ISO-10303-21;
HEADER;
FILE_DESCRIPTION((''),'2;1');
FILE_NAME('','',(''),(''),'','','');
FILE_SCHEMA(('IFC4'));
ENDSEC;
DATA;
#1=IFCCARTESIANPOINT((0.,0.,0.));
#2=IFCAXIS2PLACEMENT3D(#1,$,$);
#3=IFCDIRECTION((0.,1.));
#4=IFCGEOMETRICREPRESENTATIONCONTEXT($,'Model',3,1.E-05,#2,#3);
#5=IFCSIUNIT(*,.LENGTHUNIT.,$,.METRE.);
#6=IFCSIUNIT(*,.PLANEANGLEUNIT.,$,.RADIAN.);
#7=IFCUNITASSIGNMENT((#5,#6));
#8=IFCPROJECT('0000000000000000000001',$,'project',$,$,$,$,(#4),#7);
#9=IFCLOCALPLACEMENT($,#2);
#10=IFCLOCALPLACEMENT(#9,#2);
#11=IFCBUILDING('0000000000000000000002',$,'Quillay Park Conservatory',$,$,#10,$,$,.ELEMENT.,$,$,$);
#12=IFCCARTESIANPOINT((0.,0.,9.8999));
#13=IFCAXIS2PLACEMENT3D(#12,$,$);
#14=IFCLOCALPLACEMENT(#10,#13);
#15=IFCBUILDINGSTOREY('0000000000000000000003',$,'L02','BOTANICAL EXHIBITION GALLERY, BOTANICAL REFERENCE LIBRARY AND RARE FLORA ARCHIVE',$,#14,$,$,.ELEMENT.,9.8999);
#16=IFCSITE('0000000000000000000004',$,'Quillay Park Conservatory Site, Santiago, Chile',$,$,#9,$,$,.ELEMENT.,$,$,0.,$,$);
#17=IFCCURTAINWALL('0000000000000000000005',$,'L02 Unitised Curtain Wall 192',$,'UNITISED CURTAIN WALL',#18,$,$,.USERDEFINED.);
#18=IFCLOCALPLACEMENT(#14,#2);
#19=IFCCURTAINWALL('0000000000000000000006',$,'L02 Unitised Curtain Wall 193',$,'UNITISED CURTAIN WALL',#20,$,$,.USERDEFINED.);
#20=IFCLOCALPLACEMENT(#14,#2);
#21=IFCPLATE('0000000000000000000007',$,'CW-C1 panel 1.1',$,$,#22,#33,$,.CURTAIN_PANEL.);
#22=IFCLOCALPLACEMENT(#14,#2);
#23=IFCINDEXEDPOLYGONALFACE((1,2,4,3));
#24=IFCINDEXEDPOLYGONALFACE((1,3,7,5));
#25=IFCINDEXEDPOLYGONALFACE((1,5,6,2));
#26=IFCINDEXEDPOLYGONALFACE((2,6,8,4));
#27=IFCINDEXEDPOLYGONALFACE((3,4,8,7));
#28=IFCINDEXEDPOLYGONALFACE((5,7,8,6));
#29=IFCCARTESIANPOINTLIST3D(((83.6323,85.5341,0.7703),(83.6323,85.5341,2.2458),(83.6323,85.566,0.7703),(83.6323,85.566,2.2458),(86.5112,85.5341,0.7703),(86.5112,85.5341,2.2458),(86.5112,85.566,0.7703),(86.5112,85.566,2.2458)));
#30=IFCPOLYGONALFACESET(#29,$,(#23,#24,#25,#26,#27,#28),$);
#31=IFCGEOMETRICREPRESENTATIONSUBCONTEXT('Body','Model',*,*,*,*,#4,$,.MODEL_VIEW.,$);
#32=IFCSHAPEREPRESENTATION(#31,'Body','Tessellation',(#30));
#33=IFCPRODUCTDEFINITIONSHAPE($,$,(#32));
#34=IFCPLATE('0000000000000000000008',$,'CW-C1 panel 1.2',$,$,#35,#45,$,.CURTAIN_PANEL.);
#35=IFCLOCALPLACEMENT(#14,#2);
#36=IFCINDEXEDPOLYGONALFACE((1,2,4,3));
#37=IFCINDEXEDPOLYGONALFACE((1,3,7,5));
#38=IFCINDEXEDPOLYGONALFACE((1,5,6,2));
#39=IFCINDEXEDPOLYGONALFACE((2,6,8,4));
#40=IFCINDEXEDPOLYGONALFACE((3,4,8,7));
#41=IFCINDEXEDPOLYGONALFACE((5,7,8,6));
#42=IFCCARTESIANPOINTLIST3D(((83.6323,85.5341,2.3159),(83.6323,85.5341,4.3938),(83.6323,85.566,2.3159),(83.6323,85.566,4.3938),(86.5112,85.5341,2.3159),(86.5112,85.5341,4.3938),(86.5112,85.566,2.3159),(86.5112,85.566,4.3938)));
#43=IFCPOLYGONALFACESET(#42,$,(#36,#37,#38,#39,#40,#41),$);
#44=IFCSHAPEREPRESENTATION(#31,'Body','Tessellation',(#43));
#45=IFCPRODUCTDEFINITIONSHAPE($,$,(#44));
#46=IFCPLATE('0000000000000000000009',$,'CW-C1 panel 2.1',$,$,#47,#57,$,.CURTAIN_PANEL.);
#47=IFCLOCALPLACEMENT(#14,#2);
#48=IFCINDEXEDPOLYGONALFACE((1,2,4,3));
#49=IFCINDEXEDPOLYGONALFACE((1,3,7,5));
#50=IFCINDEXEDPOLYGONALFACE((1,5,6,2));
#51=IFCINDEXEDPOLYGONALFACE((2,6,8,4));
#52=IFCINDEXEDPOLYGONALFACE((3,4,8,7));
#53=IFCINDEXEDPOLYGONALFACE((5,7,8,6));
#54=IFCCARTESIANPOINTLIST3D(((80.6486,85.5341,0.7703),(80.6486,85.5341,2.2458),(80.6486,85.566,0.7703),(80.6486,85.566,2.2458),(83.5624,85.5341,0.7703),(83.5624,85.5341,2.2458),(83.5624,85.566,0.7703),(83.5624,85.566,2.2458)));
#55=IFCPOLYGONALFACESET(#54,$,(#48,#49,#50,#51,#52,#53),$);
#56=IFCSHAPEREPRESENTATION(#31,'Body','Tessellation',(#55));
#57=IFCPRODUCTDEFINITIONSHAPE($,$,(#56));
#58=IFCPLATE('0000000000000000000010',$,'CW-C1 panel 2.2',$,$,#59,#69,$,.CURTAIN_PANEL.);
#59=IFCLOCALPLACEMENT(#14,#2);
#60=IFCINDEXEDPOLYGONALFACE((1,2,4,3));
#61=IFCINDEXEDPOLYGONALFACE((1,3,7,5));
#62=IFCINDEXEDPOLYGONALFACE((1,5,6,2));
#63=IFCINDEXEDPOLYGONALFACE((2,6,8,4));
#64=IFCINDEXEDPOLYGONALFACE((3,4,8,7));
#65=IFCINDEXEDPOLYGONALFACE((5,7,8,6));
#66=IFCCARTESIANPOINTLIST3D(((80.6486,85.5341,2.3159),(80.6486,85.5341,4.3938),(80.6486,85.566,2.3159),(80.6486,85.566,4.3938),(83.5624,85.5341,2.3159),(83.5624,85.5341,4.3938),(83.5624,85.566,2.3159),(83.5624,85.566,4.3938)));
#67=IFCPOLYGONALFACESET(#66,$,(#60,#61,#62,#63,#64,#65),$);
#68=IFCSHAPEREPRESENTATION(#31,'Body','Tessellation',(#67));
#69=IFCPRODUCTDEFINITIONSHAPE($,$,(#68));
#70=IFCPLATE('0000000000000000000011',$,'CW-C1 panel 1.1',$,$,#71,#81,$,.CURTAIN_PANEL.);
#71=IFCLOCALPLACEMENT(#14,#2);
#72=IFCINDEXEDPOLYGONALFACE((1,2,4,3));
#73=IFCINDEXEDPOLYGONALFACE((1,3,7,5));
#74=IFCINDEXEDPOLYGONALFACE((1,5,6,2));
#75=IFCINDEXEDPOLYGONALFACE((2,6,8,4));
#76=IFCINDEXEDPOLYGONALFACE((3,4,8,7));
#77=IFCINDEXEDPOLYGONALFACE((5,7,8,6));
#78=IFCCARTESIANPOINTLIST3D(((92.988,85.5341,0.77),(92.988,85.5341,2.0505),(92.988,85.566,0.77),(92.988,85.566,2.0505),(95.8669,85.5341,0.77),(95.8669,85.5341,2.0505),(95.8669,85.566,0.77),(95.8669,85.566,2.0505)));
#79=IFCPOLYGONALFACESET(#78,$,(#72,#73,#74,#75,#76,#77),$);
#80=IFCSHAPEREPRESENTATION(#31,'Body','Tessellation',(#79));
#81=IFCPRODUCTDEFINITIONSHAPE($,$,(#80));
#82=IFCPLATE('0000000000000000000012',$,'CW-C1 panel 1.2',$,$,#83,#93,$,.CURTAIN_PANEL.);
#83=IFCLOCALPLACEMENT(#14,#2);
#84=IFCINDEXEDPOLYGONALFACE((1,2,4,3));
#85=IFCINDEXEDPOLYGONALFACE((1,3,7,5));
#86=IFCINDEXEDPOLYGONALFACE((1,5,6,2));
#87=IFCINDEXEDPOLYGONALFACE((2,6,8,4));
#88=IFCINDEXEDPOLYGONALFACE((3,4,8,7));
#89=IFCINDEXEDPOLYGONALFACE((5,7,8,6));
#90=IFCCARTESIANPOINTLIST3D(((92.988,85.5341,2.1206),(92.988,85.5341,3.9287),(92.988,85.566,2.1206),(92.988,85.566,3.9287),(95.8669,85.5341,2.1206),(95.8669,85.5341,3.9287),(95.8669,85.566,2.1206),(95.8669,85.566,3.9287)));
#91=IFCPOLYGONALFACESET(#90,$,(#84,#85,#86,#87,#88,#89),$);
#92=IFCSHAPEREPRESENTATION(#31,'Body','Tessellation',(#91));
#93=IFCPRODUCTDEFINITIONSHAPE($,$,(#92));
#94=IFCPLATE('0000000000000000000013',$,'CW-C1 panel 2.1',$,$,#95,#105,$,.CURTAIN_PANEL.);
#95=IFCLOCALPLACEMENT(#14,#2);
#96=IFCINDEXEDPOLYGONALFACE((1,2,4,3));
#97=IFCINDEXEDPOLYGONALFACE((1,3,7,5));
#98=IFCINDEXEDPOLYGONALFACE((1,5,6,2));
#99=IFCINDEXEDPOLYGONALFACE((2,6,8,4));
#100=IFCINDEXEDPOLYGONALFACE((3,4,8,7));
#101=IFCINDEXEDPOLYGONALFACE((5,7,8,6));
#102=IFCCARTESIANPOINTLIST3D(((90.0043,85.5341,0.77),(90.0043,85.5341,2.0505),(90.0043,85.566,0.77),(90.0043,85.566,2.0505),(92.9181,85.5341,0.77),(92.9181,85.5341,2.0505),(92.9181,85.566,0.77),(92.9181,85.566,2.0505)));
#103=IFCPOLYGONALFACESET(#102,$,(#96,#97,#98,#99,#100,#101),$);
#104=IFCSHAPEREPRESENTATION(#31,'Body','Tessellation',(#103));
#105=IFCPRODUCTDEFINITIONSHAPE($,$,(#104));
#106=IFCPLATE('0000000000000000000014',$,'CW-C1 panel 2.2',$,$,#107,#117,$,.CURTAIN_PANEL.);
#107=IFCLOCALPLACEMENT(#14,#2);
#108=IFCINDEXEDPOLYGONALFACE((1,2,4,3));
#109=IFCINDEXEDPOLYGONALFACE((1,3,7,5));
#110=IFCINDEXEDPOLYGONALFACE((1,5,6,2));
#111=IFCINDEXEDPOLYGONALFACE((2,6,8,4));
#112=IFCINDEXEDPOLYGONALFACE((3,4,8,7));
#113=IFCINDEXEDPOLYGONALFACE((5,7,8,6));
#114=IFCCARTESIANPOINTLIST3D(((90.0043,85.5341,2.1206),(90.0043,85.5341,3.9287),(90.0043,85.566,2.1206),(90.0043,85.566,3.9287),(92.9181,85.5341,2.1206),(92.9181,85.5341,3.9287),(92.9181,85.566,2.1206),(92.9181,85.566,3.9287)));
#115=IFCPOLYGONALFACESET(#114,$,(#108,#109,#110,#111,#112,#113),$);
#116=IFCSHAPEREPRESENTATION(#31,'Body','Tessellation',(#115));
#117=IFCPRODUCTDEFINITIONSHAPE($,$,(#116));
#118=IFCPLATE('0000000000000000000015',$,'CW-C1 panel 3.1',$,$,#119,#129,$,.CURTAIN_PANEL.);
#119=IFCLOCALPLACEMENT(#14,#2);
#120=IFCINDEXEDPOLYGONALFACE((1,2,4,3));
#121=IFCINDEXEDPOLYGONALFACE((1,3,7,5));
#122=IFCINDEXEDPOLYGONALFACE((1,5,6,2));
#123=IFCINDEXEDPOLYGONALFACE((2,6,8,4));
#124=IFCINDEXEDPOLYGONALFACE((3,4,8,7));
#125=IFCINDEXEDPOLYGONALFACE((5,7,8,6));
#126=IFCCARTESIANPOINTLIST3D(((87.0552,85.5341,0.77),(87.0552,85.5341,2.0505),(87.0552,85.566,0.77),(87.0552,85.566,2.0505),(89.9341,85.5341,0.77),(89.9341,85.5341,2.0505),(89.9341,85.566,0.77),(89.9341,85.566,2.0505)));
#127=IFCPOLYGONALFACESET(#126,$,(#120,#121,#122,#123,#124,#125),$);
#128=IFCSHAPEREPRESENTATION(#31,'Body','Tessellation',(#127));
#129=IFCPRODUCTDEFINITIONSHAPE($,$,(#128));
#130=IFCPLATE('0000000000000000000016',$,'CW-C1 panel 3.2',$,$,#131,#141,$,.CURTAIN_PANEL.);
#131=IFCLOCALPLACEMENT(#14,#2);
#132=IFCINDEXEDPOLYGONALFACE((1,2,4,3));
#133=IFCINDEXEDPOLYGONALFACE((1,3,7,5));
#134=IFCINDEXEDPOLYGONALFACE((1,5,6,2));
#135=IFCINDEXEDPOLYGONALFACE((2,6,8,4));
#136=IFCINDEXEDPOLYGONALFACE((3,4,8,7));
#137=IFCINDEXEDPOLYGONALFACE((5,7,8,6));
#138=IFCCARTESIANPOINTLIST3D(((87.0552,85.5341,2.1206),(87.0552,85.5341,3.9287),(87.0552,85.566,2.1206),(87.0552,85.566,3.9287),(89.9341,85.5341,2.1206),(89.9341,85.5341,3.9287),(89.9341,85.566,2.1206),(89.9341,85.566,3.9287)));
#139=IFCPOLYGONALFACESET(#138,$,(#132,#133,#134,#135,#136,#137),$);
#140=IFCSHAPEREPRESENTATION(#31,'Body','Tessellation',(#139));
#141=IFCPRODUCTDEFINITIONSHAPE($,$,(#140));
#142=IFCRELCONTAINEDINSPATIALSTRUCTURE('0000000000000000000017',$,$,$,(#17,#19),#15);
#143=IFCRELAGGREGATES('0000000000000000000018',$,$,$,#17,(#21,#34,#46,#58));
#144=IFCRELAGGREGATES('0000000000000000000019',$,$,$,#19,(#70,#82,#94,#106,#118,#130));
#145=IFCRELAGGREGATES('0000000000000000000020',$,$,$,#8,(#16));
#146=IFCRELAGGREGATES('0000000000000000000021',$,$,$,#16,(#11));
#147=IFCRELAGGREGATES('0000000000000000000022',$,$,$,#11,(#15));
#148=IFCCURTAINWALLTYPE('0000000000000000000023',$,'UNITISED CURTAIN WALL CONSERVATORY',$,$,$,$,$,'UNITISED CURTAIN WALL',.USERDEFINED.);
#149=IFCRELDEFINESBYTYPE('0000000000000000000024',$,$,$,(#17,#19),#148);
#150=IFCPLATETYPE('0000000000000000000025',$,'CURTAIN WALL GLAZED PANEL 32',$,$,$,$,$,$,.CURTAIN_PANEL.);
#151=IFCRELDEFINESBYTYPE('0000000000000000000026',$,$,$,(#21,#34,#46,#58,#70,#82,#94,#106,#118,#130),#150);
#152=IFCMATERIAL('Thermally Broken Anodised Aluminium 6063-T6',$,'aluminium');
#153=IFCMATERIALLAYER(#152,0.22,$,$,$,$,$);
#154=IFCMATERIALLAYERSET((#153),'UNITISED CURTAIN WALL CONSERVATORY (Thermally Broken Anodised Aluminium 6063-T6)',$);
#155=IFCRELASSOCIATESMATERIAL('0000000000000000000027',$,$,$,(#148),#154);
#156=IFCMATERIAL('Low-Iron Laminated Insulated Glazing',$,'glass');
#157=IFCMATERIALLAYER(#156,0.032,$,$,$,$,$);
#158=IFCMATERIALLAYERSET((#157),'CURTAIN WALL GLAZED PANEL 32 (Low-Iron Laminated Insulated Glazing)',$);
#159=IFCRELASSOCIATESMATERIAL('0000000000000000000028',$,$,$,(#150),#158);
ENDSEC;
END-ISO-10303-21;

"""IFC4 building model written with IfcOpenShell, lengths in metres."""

from ifc_helpers import new_model, si_unit, direction, frame, origin, origin_2d, place, context, subcontext, project, spatial, rectangle, extrude, material, layer, layer_set, type_object, element, aggregate, save


model = new_model("IFC4")

# Units and contexts
model_context = context("Model", 3, precision=1e-05, world=origin(), true_north=direction((0.0, 1.0)))
body_context = subcontext(model_context, "Body", "Model", "MODEL_VIEW")
ifc_project = project(units=[si_unit("LENGTHUNIT", "METRE"), si_unit("PLANEANGLEUNIT", "RADIAN")], contexts=[model_context])

# Site, building, storey
site_placement = place(None, origin())
site = spatial("IfcSite", under=ifc_project, at=site_placement, Name="Quillay Park Conservatory Site, Santiago, Chile", CompositionType="ELEMENT", RefElevation=0.0)
building_placement = place(site_placement, origin())
building = spatial("IfcBuilding", under=site, at=building_placement, Name="Quillay Park Conservatory", CompositionType="ELEMENT")
storey_placement = place(building_placement, frame((0.0, 0.0, 9.8999)))
storey = spatial("IfcBuildingStorey", under=building, at=storey_placement, Name="L02", Description="BOTANICAL EXHIBITION GALLERY, BOTANICAL REFERENCE LIBRARY AND RARE FLORA ARCHIVE", CompositionType="ELEMENT", Elevation=9.8999)

# Curtain walls
ifc_material_1 = material(Name="Thermally Broken Anodised Aluminium 6063-T6", Category="aluminium")
ifc_layer_1 = layer(ifc_material_1, 0.22)
ifc_layer_set_1 = layer_set([ifc_layer_1], Name="UNITISED CURTAIN WALL CONSERVATORY (Thermally Broken Anodised Aluminium 6063-T6)")
curtain_wall_type = type_object("IfcCurtainWallType", Name="UNITISED CURTAIN WALL CONSERVATORY", ElementType="UNITISED CURTAIN WALL", PredefinedType="USERDEFINED", material=ifc_layer_set_1)
curtain_wall_1_placement = place(storey_placement, origin())
curtain_wall_1 = element("IfcCurtainWall", 1, at=curtain_wall_1_placement, inside=storey, type_object=curtain_wall_type, Name="L02 Unitised Curtain Wall 192", ObjectType="UNITISED CURTAIN WALL", PredefinedType="USERDEFINED")
curtain_wall_2_placement = place(storey_placement, origin())
curtain_wall_2 = element("IfcCurtainWall", 2, at=curtain_wall_2_placement, inside=storey, type_object=curtain_wall_type, Name="L02 Unitised Curtain Wall 193", ObjectType="UNITISED CURTAIN WALL", PredefinedType="USERDEFINED")

# Plates
ifc_material_2 = material(Name="Low-Iron Laminated Insulated Glazing", Category="glass")
ifc_layer_2 = layer(ifc_material_2, 0.032)
ifc_layer_set_2 = layer_set([ifc_layer_2], Name="CURTAIN WALL GLAZED PANEL 32 (Low-Iron Laminated Insulated Glazing)")
plate_type = type_object("IfcPlateType", Name="CURTAIN WALL GLAZED PANEL 32", PredefinedType="CURTAIN_PANEL", material=ifc_layer_set_2)
plate_1_placement = place(storey_placement, frame((85.0718, 85.55, 0.7703), z_axis=(0.0, 0.0, 1.0), x_axis=(-1.0, 0.0, 0.0)))
plate_1 = element("IfcPlate", 3, at=plate_1_placement, type_object=plate_type, Name="CW-C1 panel 1.1", PredefinedType="CURTAIN_PANEL", context=body_context, shape_type="SweptSolid", body=[
    extrude(rectangle(XDim=2.8789, YDim=0.032, at=origin_2d()), origin(), (0.0, 0.0, 1.0), 1.4756),
])
plate_2_placement = place(storey_placement, frame((85.0718, 85.55, 2.3159), z_axis=(0.0, 0.0, 1.0), x_axis=(-1.0, 0.0, 0.0)))
plate_2 = element("IfcPlate", 4, at=plate_2_placement, type_object=plate_type, Name="CW-C1 panel 1.2", PredefinedType="CURTAIN_PANEL", context=body_context, shape_type="SweptSolid", body=[
    extrude(rectangle(XDim=2.8789, YDim=0.032, at=origin_2d()), origin(), (0.0, 0.0, 1.0), 2.0779),
])
plate_3_placement = place(storey_placement, frame((82.1055, 85.55, 0.7703), z_axis=(0.0, 0.0, 1.0), x_axis=(-1.0, 0.0, 0.0)))
plate_3 = element("IfcPlate", 5, at=plate_3_placement, type_object=plate_type, Name="CW-C1 panel 2.1", PredefinedType="CURTAIN_PANEL", context=body_context, shape_type="SweptSolid", body=[
    extrude(rectangle(XDim=2.9138, YDim=0.032, at=origin_2d()), origin(), (0.0, 0.0, 1.0), 1.4756),
])
plate_4_placement = place(storey_placement, frame((82.1055, 85.55, 2.3159), z_axis=(0.0, 0.0, 1.0), x_axis=(-1.0, 0.0, 0.0)))
plate_4 = element("IfcPlate", 6, at=plate_4_placement, type_object=plate_type, Name="CW-C1 panel 2.2", PredefinedType="CURTAIN_PANEL", context=body_context, shape_type="SweptSolid", body=[
    extrude(rectangle(XDim=2.9138, YDim=0.032, at=origin_2d()), origin(), (0.0, 0.0, 1.0), 2.0779),
])
aggregate(curtain_wall_1, [plate_1, plate_2, plate_3, plate_4])
plate_5_placement = place(storey_placement, frame((94.4275, 85.55, 0.77), z_axis=(0.0, 0.0, 1.0), x_axis=(-1.0, 0.0, 0.0)))
plate_5 = element("IfcPlate", 7, at=plate_5_placement, type_object=plate_type, Name="CW-C1 panel 1.1", PredefinedType="CURTAIN_PANEL", context=body_context, shape_type="SweptSolid", body=[
    extrude(rectangle(XDim=2.8789, YDim=0.032, at=origin_2d()), origin(), (0.0, 0.0, 1.0), 1.2805),
])
plate_6_placement = place(storey_placement, frame((94.4275, 85.55, 2.1206), z_axis=(0.0, 0.0, 1.0), x_axis=(-1.0, 0.0, 0.0)))
plate_6 = element("IfcPlate", 8, at=plate_6_placement, type_object=plate_type, Name="CW-C1 panel 1.2", PredefinedType="CURTAIN_PANEL", context=body_context, shape_type="SweptSolid", body=[
    extrude(rectangle(XDim=2.8789, YDim=0.032, at=origin_2d()), origin(), (0.0, 0.0, 1.0), 1.8081),
])
plate_7_placement = place(storey_placement, frame((91.4612, 85.55, 0.77), z_axis=(0.0, 0.0, 1.0), x_axis=(-1.0, 0.0, 0.0)))
plate_7 = element("IfcPlate", 9, at=plate_7_placement, type_object=plate_type, Name="CW-C1 panel 2.1", PredefinedType="CURTAIN_PANEL", context=body_context, shape_type="SweptSolid", body=[
    extrude(rectangle(XDim=2.9138, YDim=0.032, at=origin_2d()), origin(), (0.0, 0.0, 1.0), 1.2805),
])
plate_8_placement = place(storey_placement, frame((91.4612, 85.55, 2.1206), z_axis=(0.0, 0.0, 1.0), x_axis=(-1.0, 0.0, 0.0)))
plate_8 = element("IfcPlate", 10, at=plate_8_placement, type_object=plate_type, Name="CW-C1 panel 2.2", PredefinedType="CURTAIN_PANEL", context=body_context, shape_type="SweptSolid", body=[
    extrude(rectangle(XDim=2.9138, YDim=0.032, at=origin_2d()), origin(), (0.0, 0.0, 1.0), 1.8081),
])
plate_9_placement = place(storey_placement, frame((88.4946, 85.55, 0.77), z_axis=(0.0, 0.0, 1.0), x_axis=(-1.0, 0.0, 0.0)))
plate_9 = element("IfcPlate", 11, at=plate_9_placement, type_object=plate_type, Name="CW-C1 panel 3.1", PredefinedType="CURTAIN_PANEL", context=body_context, shape_type="SweptSolid", body=[
    extrude(rectangle(XDim=2.8789, YDim=0.032, at=origin_2d()), origin(), (0.0, 0.0, 1.0), 1.2805),
])
plate_10_placement = place(storey_placement, frame((88.4946, 85.55, 2.1206), z_axis=(0.0, 0.0, 1.0), x_axis=(-1.0, 0.0, 0.0)))
plate_10 = element("IfcPlate", 12, at=plate_10_placement, type_object=plate_type, Name="CW-C1 panel 3.2", PredefinedType="CURTAIN_PANEL", context=body_context, shape_type="SweptSolid", body=[
    extrude(rectangle(XDim=2.8789, YDim=0.032, at=origin_2d()), origin(), (0.0, 0.0, 1.0), 1.8081),
])
aggregate(curtain_wall_2, [plate_5, plate_6, plate_7, plate_8, plate_9, plate_10])

save(model, "model.ifc")
